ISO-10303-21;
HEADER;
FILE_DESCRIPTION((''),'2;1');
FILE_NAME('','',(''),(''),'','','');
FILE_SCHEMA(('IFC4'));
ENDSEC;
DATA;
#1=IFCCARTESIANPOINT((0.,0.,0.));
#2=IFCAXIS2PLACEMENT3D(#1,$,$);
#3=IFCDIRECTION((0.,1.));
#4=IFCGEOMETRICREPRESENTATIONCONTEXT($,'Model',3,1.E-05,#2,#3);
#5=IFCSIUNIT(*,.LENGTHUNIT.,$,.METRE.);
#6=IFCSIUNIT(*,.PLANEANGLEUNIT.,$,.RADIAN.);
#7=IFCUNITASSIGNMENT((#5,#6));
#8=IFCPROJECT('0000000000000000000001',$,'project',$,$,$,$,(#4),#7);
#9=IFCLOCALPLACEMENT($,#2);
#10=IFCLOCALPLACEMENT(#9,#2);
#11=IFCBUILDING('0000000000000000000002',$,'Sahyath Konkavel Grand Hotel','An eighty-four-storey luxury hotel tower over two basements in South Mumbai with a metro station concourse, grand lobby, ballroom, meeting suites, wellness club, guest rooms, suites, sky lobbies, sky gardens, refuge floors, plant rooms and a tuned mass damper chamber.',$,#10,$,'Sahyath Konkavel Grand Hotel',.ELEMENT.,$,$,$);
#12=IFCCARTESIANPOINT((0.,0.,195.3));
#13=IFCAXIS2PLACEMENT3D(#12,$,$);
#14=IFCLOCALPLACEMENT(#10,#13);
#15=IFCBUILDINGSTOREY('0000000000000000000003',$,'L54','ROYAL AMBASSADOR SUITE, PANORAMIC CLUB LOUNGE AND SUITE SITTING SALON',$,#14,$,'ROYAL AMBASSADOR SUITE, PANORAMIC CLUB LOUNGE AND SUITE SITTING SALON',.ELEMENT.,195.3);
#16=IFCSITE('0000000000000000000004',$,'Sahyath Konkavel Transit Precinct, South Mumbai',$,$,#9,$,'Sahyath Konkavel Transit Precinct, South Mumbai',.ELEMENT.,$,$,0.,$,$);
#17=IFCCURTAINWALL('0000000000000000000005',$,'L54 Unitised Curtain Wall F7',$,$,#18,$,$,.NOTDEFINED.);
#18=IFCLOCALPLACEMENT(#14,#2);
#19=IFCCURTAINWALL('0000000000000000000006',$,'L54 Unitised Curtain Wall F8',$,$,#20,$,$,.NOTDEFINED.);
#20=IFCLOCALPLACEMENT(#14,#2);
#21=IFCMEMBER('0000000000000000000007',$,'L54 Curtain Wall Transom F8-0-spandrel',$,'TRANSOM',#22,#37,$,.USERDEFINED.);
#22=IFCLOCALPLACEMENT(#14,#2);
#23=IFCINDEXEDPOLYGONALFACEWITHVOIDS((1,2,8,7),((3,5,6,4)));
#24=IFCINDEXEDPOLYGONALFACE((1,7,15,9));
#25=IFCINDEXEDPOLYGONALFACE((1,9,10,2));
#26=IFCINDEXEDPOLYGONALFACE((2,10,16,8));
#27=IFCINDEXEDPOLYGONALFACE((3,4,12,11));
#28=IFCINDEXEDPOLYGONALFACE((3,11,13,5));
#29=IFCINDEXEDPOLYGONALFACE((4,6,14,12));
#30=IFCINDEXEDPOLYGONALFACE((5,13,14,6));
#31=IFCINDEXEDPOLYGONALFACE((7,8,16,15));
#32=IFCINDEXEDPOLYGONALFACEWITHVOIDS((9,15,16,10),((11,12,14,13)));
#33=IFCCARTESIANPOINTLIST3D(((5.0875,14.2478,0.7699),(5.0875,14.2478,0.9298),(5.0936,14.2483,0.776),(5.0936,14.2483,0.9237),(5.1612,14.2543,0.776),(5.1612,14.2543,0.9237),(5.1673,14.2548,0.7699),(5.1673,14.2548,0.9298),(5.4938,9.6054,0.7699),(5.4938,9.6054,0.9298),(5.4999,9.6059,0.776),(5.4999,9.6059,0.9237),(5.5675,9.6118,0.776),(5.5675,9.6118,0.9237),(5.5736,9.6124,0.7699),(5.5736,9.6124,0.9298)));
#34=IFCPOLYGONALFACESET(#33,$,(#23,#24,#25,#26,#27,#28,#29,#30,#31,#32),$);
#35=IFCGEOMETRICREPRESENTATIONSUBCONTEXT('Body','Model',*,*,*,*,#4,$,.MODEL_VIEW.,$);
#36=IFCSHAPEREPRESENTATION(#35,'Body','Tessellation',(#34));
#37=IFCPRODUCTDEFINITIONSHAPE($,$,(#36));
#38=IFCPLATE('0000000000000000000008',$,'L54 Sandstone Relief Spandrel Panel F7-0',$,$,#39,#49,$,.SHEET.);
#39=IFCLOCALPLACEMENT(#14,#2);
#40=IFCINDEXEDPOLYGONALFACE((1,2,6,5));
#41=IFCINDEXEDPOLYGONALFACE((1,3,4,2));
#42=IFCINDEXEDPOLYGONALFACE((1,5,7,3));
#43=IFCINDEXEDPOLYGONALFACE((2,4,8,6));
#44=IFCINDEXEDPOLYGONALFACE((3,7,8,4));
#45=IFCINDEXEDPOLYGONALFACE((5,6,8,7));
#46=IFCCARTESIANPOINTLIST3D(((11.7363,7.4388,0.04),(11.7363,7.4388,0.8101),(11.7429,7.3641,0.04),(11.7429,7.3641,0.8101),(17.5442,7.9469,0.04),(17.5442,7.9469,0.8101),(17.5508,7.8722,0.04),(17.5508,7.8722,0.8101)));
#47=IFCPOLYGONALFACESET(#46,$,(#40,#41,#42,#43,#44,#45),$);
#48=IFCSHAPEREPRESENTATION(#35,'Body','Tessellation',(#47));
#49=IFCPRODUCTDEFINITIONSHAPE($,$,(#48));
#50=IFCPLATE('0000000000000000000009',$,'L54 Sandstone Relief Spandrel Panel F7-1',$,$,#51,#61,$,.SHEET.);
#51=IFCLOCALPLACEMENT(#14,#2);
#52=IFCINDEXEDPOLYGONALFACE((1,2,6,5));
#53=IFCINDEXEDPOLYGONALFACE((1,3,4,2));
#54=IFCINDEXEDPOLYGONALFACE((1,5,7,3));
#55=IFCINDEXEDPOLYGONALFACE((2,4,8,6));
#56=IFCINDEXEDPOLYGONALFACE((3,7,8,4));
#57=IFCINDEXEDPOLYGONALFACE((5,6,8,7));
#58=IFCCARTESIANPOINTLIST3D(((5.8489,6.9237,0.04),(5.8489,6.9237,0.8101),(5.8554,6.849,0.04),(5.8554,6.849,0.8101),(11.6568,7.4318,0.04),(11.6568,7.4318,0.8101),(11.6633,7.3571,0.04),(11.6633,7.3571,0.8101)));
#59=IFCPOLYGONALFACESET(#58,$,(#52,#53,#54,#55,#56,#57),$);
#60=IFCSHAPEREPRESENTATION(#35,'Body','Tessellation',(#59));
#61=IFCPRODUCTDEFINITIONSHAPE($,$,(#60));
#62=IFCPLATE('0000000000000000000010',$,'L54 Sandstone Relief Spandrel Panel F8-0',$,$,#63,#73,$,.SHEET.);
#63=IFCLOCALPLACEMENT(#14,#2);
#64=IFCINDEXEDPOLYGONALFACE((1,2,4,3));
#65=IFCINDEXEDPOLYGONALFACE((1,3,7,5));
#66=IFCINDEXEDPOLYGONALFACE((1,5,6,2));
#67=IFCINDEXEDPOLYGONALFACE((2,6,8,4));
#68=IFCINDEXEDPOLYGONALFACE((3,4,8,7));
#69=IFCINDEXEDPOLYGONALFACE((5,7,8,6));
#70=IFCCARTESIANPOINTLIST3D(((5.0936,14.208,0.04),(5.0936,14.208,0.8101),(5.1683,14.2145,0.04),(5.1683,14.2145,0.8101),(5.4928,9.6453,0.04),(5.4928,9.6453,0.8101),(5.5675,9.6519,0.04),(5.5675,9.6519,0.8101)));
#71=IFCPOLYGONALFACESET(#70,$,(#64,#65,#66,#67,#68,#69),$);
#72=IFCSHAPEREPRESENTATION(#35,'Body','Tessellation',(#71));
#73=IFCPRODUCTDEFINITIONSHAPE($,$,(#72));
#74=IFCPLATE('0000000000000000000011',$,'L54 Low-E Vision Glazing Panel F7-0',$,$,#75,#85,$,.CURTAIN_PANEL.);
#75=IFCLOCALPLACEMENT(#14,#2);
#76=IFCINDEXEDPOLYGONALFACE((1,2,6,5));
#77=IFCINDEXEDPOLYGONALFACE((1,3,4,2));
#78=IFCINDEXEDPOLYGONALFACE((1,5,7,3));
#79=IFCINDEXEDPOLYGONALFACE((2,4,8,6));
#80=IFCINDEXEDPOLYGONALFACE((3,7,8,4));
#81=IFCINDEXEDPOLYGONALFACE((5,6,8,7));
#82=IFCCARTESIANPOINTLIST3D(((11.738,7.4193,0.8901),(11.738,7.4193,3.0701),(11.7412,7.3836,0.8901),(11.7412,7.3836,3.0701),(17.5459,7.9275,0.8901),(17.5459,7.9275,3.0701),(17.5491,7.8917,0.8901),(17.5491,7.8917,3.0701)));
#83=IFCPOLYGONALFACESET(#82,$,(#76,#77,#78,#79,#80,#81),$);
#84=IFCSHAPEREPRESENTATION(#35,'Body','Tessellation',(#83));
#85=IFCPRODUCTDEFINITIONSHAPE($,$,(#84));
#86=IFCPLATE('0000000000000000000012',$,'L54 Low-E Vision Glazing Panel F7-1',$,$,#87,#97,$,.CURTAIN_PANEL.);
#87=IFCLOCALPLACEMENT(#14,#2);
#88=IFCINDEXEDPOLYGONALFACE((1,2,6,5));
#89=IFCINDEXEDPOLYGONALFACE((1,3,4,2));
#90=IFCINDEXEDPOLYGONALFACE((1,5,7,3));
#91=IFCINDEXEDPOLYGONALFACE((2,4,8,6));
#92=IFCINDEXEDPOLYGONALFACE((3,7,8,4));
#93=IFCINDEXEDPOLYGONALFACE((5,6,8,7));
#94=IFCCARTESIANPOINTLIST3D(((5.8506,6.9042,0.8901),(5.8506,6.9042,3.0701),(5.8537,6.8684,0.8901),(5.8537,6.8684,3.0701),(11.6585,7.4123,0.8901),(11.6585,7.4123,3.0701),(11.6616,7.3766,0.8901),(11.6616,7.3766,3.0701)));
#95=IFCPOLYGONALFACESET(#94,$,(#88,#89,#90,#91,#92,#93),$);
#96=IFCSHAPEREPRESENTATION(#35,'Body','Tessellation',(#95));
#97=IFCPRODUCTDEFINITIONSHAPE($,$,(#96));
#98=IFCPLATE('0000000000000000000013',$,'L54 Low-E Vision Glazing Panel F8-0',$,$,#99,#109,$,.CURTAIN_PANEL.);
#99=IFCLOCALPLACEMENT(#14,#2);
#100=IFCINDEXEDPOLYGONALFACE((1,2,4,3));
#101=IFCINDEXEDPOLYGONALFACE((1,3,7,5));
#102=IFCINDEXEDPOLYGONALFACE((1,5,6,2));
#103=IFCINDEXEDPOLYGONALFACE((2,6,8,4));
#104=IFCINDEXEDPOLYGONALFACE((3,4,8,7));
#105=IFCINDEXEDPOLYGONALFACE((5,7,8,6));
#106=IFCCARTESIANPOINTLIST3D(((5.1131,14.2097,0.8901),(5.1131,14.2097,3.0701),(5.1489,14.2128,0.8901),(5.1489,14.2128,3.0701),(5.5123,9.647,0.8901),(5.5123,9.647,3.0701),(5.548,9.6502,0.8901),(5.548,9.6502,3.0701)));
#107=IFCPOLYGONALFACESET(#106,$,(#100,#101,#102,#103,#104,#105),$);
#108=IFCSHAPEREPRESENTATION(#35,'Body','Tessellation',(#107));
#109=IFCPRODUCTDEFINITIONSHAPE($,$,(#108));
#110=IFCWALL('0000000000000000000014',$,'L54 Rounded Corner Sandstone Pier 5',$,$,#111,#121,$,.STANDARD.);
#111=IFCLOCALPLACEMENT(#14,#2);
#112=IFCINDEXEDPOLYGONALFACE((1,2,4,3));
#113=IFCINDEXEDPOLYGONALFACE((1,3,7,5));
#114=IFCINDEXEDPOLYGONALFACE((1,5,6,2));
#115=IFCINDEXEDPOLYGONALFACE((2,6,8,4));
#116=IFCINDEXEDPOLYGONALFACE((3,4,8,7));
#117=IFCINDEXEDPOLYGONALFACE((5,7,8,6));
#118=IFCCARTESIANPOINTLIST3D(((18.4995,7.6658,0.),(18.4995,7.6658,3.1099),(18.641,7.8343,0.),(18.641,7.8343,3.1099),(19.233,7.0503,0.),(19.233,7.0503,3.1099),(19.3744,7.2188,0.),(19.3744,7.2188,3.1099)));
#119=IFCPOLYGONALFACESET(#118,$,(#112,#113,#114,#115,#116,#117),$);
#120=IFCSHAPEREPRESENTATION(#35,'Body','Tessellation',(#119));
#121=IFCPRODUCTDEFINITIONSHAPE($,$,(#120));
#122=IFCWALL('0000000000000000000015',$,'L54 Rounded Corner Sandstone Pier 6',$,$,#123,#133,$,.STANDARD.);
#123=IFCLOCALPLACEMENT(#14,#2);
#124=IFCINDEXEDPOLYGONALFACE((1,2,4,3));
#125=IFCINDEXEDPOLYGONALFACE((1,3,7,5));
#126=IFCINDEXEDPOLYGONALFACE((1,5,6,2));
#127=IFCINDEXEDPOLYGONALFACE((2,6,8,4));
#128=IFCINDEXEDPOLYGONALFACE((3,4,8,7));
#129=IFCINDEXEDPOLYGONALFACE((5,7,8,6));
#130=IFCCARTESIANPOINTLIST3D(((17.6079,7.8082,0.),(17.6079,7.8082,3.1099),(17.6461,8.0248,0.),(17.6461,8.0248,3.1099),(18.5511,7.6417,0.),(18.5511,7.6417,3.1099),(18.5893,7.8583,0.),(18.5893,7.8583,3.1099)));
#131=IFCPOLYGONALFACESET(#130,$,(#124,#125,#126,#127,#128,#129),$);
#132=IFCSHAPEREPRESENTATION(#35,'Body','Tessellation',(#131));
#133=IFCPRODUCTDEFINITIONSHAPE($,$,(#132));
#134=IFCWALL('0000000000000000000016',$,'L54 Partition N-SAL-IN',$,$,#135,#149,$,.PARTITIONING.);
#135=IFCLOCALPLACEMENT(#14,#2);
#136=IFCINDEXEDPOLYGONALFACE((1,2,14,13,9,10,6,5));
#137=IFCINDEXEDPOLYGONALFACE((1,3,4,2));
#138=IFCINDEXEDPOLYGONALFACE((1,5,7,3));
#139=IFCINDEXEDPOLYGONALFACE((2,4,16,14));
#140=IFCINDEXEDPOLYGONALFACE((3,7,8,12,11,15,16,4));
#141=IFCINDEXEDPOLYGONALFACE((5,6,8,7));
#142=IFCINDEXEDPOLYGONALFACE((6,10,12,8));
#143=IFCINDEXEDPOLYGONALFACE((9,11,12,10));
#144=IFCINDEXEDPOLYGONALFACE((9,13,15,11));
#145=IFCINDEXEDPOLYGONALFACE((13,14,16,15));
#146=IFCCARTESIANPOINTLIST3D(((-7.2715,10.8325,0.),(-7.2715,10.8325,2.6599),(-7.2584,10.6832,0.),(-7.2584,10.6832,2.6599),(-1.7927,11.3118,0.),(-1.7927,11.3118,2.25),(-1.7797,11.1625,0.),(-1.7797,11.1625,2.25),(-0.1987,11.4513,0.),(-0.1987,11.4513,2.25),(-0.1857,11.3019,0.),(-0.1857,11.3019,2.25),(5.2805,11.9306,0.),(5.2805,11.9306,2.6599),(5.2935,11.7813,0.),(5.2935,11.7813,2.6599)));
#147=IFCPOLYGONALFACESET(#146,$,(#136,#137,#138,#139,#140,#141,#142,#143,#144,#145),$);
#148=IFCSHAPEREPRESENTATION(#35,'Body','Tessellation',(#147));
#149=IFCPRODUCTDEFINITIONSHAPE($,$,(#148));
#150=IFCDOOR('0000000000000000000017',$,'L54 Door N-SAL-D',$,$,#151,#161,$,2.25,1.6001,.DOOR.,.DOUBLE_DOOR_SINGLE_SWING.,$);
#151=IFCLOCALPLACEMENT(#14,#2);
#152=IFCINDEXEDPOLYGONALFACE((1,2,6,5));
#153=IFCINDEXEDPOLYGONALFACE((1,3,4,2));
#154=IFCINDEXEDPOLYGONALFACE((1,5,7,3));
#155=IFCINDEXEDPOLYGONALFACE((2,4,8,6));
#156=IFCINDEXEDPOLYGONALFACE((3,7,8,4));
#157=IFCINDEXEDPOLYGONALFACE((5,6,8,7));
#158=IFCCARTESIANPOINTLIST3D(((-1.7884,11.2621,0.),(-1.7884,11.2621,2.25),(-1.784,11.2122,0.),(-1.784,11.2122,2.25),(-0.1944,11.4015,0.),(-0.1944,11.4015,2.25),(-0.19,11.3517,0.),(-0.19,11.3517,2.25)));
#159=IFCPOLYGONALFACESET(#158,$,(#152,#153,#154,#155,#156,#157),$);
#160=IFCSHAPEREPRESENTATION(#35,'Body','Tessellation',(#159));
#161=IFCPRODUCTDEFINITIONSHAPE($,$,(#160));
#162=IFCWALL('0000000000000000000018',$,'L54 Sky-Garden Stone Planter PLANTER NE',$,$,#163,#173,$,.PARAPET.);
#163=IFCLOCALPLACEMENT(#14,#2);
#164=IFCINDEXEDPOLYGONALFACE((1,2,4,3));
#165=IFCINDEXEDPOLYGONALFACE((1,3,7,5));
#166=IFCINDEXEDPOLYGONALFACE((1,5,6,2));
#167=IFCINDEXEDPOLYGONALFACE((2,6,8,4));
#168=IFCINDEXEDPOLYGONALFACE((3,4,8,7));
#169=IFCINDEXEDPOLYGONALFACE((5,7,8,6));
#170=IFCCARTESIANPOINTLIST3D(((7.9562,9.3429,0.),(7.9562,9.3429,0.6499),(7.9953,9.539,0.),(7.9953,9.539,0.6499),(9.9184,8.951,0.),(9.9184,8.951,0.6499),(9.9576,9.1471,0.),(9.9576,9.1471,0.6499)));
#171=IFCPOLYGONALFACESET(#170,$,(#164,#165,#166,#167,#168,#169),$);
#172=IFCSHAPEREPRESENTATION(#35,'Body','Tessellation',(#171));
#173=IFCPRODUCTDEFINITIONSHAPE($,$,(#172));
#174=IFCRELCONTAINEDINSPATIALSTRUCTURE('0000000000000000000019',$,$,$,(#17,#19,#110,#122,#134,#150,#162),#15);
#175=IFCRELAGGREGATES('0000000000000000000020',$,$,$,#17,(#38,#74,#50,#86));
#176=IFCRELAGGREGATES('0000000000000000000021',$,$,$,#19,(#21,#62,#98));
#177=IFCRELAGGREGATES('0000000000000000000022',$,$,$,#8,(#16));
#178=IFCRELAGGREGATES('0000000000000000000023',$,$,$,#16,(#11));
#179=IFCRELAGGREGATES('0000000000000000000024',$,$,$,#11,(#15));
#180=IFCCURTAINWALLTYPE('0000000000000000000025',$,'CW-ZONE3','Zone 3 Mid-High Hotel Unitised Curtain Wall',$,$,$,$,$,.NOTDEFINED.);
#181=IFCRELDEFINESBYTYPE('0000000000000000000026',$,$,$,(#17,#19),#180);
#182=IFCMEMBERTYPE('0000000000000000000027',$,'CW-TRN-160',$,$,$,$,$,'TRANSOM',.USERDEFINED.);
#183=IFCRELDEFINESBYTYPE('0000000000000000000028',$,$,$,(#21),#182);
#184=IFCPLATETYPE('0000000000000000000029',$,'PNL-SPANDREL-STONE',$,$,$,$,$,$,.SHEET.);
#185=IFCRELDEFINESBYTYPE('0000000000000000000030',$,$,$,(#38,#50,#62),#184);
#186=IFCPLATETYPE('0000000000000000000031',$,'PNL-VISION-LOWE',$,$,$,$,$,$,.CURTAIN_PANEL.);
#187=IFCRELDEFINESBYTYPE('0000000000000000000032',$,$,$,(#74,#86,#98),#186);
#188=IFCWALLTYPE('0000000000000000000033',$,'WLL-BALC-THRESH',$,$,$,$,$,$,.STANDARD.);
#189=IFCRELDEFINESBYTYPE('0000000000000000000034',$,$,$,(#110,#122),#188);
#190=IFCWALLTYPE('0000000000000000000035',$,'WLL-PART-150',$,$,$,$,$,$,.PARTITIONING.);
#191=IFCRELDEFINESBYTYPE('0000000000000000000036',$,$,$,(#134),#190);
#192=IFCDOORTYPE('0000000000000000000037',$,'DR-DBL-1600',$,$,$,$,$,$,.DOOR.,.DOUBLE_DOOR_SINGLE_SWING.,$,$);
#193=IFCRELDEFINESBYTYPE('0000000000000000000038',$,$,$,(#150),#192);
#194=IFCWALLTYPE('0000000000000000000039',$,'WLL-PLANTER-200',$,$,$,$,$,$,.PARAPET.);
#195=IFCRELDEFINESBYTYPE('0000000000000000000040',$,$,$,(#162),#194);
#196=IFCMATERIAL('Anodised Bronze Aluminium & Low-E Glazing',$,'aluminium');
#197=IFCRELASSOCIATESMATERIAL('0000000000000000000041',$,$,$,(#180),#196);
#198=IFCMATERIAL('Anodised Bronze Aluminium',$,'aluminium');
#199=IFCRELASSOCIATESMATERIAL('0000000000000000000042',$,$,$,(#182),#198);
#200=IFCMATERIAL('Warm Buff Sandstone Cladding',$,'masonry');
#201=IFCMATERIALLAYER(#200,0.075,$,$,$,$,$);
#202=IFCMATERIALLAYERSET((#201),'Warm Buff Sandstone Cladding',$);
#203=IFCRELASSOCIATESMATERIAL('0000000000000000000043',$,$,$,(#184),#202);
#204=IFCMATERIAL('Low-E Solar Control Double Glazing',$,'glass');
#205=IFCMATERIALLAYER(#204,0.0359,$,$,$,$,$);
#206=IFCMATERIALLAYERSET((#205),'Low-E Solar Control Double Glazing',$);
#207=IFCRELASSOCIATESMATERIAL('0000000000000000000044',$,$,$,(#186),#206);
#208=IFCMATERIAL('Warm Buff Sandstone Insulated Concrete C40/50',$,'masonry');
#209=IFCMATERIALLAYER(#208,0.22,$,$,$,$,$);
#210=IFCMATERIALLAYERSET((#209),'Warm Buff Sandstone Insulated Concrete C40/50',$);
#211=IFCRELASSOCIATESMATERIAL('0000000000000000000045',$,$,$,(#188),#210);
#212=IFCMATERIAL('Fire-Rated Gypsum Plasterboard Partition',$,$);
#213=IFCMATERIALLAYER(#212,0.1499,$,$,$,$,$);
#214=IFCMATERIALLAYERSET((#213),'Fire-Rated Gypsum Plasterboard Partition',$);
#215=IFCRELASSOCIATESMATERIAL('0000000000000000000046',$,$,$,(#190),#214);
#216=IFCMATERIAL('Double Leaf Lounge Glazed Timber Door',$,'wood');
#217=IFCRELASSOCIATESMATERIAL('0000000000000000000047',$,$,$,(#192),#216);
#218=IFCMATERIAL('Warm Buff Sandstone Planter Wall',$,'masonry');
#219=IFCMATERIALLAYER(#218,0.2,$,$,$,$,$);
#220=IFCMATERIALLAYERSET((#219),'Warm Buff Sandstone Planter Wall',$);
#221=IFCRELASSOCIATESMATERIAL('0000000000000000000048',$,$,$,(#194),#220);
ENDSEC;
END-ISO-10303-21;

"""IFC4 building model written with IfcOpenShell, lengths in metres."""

from ifc_helpers import new_model, si_unit, direction, frame, frame_2d, origin, origin_2d, place, context, subcontext, project, spatial, rectangle, hollow_rectangle, extrude, source, transform, mapped, material, layer, layer_set, material_profile, profile_set, type_object, element, fill, aggregate, save


model = new_model("IFC4")

# Units and contexts
model_context = context("Model", 3, precision=1e-05, world=origin(), true_north=direction((0.0, 1.0)))
body_context = subcontext(model_context, "Body", "Model", "MODEL_VIEW")
ifc_project = project(units=[si_unit("LENGTHUNIT", "METRE"), si_unit("PLANEANGLEUNIT", "RADIAN")], contexts=[model_context])

# Site, building, storey
site_placement = place(None, origin())
site = spatial("IfcSite", under=ifc_project, at=site_placement, Name="Sahyath Konkavel Transit Precinct, South Mumbai", LongName="Sahyath Konkavel Transit Precinct, South Mumbai", CompositionType="ELEMENT", RefElevation=0.0)
building_placement = place(site_placement, origin())
building = spatial("IfcBuilding", under=site, at=building_placement, Name="Sahyath Konkavel Grand Hotel", Description="An eighty-four-storey luxury hotel tower over two basements in South Mumbai with a metro station concourse, grand lobby, ballroom, meeting suites, wellness club, guest rooms, suites, sky lobbies, sky gardens, refuge floors, plant rooms and a tuned mass damper chamber.", LongName="Sahyath Konkavel Grand Hotel", CompositionType="ELEMENT")
storey_placement = place(building_placement, frame((0.0, 0.0, 195.3)))
storey = spatial("IfcBuildingStorey", under=building, at=storey_placement, Name="L54", Description="ROYAL AMBASSADOR SUITE, PANORAMIC CLUB LOUNGE AND SUITE SITTING SALON", LongName="ROYAL AMBASSADOR SUITE, PANORAMIC CLUB LOUNGE AND SUITE SITTING SALON", CompositionType="ELEMENT", Elevation=195.3)

# Shared definitions
ifc_material_1 = material(Name="Anodised Bronze Aluminium & Low-E Glazing", Category="aluminium")
curtain_wall_type = type_object("IfcCurtainWallType", Name="CW-ZONE3", Description="Zone 3 Mid-High Hotel Unitised Curtain Wall", PredefinedType="NOTDEFINED", material=ifc_material_1)
ifc_material_2 = material(Name="Anodised Bronze Aluminium", Category="aluminium")

# Curtain wall
curtain_wall_1_placement = place(storey_placement, origin())
curtain_wall_1 = element("IfcCurtainWall", 1, at=curtain_wall_1_placement, inside=storey, type_object=curtain_wall_type, Name="L54 Unitised Curtain Wall F7", PredefinedType="NOTDEFINED")

# Curtain wall
curtain_wall_2_placement = place(storey_placement, origin())
curtain_wall_2 = element("IfcCurtainWall", 2, at=curtain_wall_2_placement, inside=storey, type_object=curtain_wall_type, Name="L54 Unitised Curtain Wall F8", PredefinedType="NOTDEFINED")

# Member
ifc_material_profile_1 = material_profile(ifc_material_2, hollow_rectangle(XDim=0.0801, YDim=0.1599, WallThickness=0.0061, at=origin_2d()), Name="RHS 160x80x6")
ifc_profile_set_1 = profile_set([ifc_material_profile_1], Name="Anodised Bronze Aluminium")
member_type_1 = type_object("IfcMemberType", Name="CW-TRN-160", ElementType="TRANSOM", PredefinedType="USERDEFINED", material=ifc_profile_set_1)
shared_shape_1 = source(origin(), body_context, "Body", "SweptSolid", [
    extrude(hollow_rectangle(XDim=0.0801, YDim=0.1599, WallThickness=0.0061, at=origin_2d()), origin(), (0.0, 0.0, 1.0), 4.6602),
])
member_1_placement = place(storey_placement, frame((5.5337, 9.6089, 0.8499), z_axis=(-0.087177, 0.996193, 0.0), x_axis=(-0.996193, -0.087177, 0.0)))
member_1 = element("IfcMember", 3, at=member_1_placement, type_object=member_type_1, Name="L54 Curtain Wall Transom F8-0-spandrel", ObjectType="TRANSOM", PredefinedType="USERDEFINED", context=body_context, shape_type="MappedRepresentation", body=[
    mapped(shared_shape_1, transform((0.0, 0.0, 0.0), scale=1.0)),
])

# Plates
ifc_material_3 = material(Name="Warm Buff Sandstone Cladding", Category="masonry")
ifc_layer_1 = layer(ifc_material_3, 0.075)
ifc_layer_set_1 = layer_set([ifc_layer_1], Name="Warm Buff Sandstone Cladding")
plate_type_1 = type_object("IfcPlateType", Name="PNL-SPANDREL-STONE", PredefinedType="SHEET", material=ifc_layer_set_1)
shared_shape_2 = source(origin(), body_context, "Body", "SweptSolid", [
    extrude(rectangle(XDim=5.8301, YDim=0.075, at=origin_2d()), origin(), (0.0, 0.0, 1.0), 0.77),
])
plate_1_placement = place(storey_placement, frame((14.6436, 7.6555, 0.04), z_axis=(0.0, 0.0, 1.0), x_axis=(-0.996195, -0.087156, 0.0)))
plate_1 = element("IfcPlate", 4, at=plate_1_placement, type_object=plate_type_1, Name="L54 Sandstone Relief Spandrel Panel F7-0", PredefinedType="SHEET", context=body_context, shape_type="MappedRepresentation", body=[
    mapped(shared_shape_2, transform((0.0, 0.0, 0.0), scale=1.0)),
])
plate_2_placement = place(storey_placement, frame((8.7561, 7.1404, 0.04), z_axis=(0.0, 0.0, 1.0), x_axis=(-0.996195, -0.087156, 0.0)))
plate_2 = element("IfcPlate", 5, at=plate_2_placement, type_object=plate_type_1, Name="L54 Sandstone Relief Spandrel Panel F7-1", PredefinedType="SHEET", context=body_context, shape_type="MappedRepresentation", body=[
    mapped(shared_shape_2, transform((0.0, 0.0, 0.0), scale=1.0)),
])
shared_shape_3 = source(origin(), body_context, "Body", "SweptSolid", [
    extrude(rectangle(XDim=4.5801, YDim=0.075, at=origin_2d()), origin(), (0.0, 0.0, 1.0), 0.77),
])
plate_3_placement = place(storey_placement, frame((5.3306, 11.9299, 0.04), z_axis=(0.0, 0.0, 1.0), x_axis=(-0.087156, 0.996195, 0.0)))
plate_3 = element("IfcPlate", 6, at=plate_3_placement, type_object=plate_type_1, Name="L54 Sandstone Relief Spandrel Panel F8-0", PredefinedType="SHEET", context=body_context, shape_type="MappedRepresentation", body=[
    mapped(shared_shape_3, transform((0.0, 0.0, 0.0), scale=1.0)),
])
ifc_material_4 = material(Name="Low-E Solar Control Double Glazing", Category="glass")
ifc_layer_2 = layer(ifc_material_4, 0.0359)
ifc_layer_set_2 = layer_set([ifc_layer_2], Name="Low-E Solar Control Double Glazing")
plate_type_2 = type_object("IfcPlateType", Name="PNL-VISION-LOWE", PredefinedType="CURTAIN_PANEL", material=ifc_layer_set_2)
shared_shape_4 = source(origin(), body_context, "Body", "SweptSolid", [
    extrude(rectangle(XDim=5.8301, YDim=0.0359, at=origin_2d()), origin(), (0.0, 0.0, 1.0), 2.1799),
])
plate_4_placement = place(storey_placement, frame((14.6436, 7.6555, 0.8901), z_axis=(0.0, 0.0, 1.0), x_axis=(-0.996195, -0.087156, 0.0)))
plate_4 = element("IfcPlate", 7, at=plate_4_placement, type_object=plate_type_2, Name="L54 Low-E Vision Glazing Panel F7-0", PredefinedType="CURTAIN_PANEL", context=body_context, shape_type="MappedRepresentation", body=[
    mapped(shared_shape_4, transform((0.0, 0.0, 0.0), scale=1.0)),
])
plate_5_placement = place(storey_placement, frame((8.7561, 7.1404, 0.8901), z_axis=(0.0, 0.0, 1.0), x_axis=(-0.996195, -0.087156, 0.0)))
plate_5 = element("IfcPlate", 8, at=plate_5_placement, type_object=plate_type_2, Name="L54 Low-E Vision Glazing Panel F7-1", PredefinedType="CURTAIN_PANEL", context=body_context, shape_type="MappedRepresentation", body=[
    mapped(shared_shape_4, transform((0.0, 0.0, 0.0), scale=1.0)),
])
aggregate(curtain_wall_1, [plate_1, plate_4, plate_2, plate_5])
shared_shape_5 = source(origin(), body_context, "Body", "SweptSolid", [
    extrude(rectangle(XDim=4.5801, YDim=0.0359, at=origin_2d()), origin(), (0.0, 0.0, 1.0), 2.1799),
])
plate_6_placement = place(storey_placement, frame((5.3306, 11.9299, 0.8901), z_axis=(0.0, 0.0, 1.0), x_axis=(-0.087156, 0.996195, 0.0)))
plate_6 = element("IfcPlate", 9, at=plate_6_placement, type_object=plate_type_2, Name="L54 Low-E Vision Glazing Panel F8-0", PredefinedType="CURTAIN_PANEL", context=body_context, shape_type="MappedRepresentation", body=[
    mapped(shared_shape_5, transform((0.0, 0.0, 0.0), scale=1.0)),
])
aggregate(curtain_wall_2, [member_1, plate_3, plate_6])

# Walls
ifc_material_5 = material(Name="Warm Buff Sandstone Insulated Concrete C40/50", Category="masonry")
ifc_layer_3 = layer(ifc_material_5, 0.22)
ifc_layer_set_3 = layer_set([ifc_layer_3], Name="Warm Buff Sandstone Insulated Concrete C40/50")
wall_type_1 = type_object("IfcWallType", Name="WLL-BALC-THRESH", PredefinedType="STANDARD", material=ifc_layer_set_3)
wall_1_placement = place(storey_placement, frame((19.3037, 7.1345, 0.0), z_axis=(0.0, 0.0, 1.0), x_axis=(-0.766001, 0.642839, 0.0)))
element("IfcWall", 10, at=wall_1_placement, inside=storey, type_object=wall_type_1, Name="L54 Rounded Corner Sandstone Pier 5", PredefinedType="STANDARD", context=body_context, shape_type="SweptSolid", body=[
    extrude(rectangle(XDim=0.9575, YDim=0.22, at=frame_2d((0.4788, 0.0))), origin(), (0.0, 0.0, 1.0), 3.1099),
])
wall_2_placement = place(storey_placement, frame((18.5703, 7.75, 0.0), z_axis=(0.0, 0.0, 1.0), x_axis=(-0.984771, 0.173858, 0.0)))
element("IfcWall", 11, at=wall_2_placement, inside=storey, type_object=wall_type_1, Name="L54 Rounded Corner Sandstone Pier 6", PredefinedType="STANDARD", context=body_context, shape_type="SweptSolid", body=[
    extrude(rectangle(XDim=0.9578, YDim=0.22, at=frame_2d((0.479, 0.0))), origin(), (0.0, 0.0, 1.0), 3.1099),
])

# Wall, opening, door
ifc_material_6 = material(Name="Fire-Rated Gypsum Plasterboard Partition")
ifc_layer_4 = layer(ifc_material_6, 0.1499)
ifc_layer_set_4 = layer_set([ifc_layer_4], Name="Fire-Rated Gypsum Plasterboard Partition")
wall_type_2 = type_object("IfcWallType", Name="WLL-PART-150", PredefinedType="PARTITIONING", material=ifc_layer_set_4)
wall_3_placement = place(storey_placement, frame((5.2869, 11.856, 0.0), z_axis=(0.0, 0.0, 1.0), x_axis=(-0.996195, -0.087155, 0.0)))
wall_3 = element("IfcWall", 12, at=wall_3_placement, inside=storey, type_object=wall_type_2, Name="L54 Partition N-SAL-IN", PredefinedType="PARTITIONING", context=body_context, shape_type="SweptSolid", body=[
    extrude(rectangle(XDim=12.5999, YDim=0.1499, at=frame_2d((6.2998, 0.0))), origin(), (0.0, 0.0, 1.0), 2.6599),
])
opening_placement = place(wall_3_placement, frame((5.5, 0.0, 0.0)))
opening = element("IfcOpeningElement", 13, at=opening_placement, cuts=wall_3, PredefinedType="OPENING", context=body_context, shape_type="SweptSolid", body=[
    extrude(rectangle(XDim=1.6001, YDim=2.25, at=frame_2d((0.8, 1.125))), frame((0.0, 0.085, 0.0), z_axis=(0.0, -1.0, 0.0), x_axis=(1.0, 0.0, 0.0)), (0.0, 0.0, 1.0), 0.1699),
])
ifc_material_7 = material(Name="Double Leaf Lounge Glazed Timber Door", Category="wood")
door_type = type_object("IfcDoorType", Name="DR-DBL-1600", OperationType="DOUBLE_DOOR_SINGLE_SWING", PredefinedType="DOOR", material=ifc_material_7)
shared_shape_6 = source(origin(), body_context, "Body", "SweptSolid", [
    extrude(rectangle(XDim=1.6001, YDim=0.05, at=origin_2d()), origin(), (0.0, 0.0, 1.0), 2.25),
])
door_placement = place(opening_placement, frame((0.8, 0.0, 0.0)))
door = element("IfcDoor", 14, at=door_placement, inside=storey, type_object=door_type, Name="L54 Door N-SAL-D", OperationType="DOUBLE_DOOR_SINGLE_SWING", OverallHeight=2.25, OverallWidth=1.6001, PredefinedType="DOOR", context=body_context, shape_type="MappedRepresentation", body=[
    mapped(shared_shape_6, transform((0.0, 0.0, 0.0), scale=1.0)),
])
fill(opening, door)

# Wall
ifc_material_8 = material(Name="Warm Buff Sandstone Planter Wall", Category="masonry")
ifc_layer_5 = layer(ifc_material_8, 0.2)
ifc_layer_set_5 = layer_set([ifc_layer_5], Name="Warm Buff Sandstone Planter Wall")
wall_type_3 = type_object("IfcWallType", Name="WLL-PLANTER-200", PredefinedType="PARAPET", material=ifc_layer_set_5)
wall_4_placement = place(storey_placement, frame((9.938, 9.0491, 0.0), z_axis=(0.0, 0.0, 1.0), x_axis=(-0.980637, 0.195835, 0.0)))
element("IfcWall", 15, at=wall_4_placement, inside=storey, type_object=wall_type_3, Name="L54 Sky-Garden Stone Planter PLANTER NE", PredefinedType="PARAPET", context=body_context, shape_type="SweptSolid", body=[
    extrude(rectangle(XDim=2.001, YDim=0.2, at=frame_2d((1.0005, 0.0))), origin(), (0.0, 0.0, 1.0), 0.6499),
])

save(model, "model.ifc")
